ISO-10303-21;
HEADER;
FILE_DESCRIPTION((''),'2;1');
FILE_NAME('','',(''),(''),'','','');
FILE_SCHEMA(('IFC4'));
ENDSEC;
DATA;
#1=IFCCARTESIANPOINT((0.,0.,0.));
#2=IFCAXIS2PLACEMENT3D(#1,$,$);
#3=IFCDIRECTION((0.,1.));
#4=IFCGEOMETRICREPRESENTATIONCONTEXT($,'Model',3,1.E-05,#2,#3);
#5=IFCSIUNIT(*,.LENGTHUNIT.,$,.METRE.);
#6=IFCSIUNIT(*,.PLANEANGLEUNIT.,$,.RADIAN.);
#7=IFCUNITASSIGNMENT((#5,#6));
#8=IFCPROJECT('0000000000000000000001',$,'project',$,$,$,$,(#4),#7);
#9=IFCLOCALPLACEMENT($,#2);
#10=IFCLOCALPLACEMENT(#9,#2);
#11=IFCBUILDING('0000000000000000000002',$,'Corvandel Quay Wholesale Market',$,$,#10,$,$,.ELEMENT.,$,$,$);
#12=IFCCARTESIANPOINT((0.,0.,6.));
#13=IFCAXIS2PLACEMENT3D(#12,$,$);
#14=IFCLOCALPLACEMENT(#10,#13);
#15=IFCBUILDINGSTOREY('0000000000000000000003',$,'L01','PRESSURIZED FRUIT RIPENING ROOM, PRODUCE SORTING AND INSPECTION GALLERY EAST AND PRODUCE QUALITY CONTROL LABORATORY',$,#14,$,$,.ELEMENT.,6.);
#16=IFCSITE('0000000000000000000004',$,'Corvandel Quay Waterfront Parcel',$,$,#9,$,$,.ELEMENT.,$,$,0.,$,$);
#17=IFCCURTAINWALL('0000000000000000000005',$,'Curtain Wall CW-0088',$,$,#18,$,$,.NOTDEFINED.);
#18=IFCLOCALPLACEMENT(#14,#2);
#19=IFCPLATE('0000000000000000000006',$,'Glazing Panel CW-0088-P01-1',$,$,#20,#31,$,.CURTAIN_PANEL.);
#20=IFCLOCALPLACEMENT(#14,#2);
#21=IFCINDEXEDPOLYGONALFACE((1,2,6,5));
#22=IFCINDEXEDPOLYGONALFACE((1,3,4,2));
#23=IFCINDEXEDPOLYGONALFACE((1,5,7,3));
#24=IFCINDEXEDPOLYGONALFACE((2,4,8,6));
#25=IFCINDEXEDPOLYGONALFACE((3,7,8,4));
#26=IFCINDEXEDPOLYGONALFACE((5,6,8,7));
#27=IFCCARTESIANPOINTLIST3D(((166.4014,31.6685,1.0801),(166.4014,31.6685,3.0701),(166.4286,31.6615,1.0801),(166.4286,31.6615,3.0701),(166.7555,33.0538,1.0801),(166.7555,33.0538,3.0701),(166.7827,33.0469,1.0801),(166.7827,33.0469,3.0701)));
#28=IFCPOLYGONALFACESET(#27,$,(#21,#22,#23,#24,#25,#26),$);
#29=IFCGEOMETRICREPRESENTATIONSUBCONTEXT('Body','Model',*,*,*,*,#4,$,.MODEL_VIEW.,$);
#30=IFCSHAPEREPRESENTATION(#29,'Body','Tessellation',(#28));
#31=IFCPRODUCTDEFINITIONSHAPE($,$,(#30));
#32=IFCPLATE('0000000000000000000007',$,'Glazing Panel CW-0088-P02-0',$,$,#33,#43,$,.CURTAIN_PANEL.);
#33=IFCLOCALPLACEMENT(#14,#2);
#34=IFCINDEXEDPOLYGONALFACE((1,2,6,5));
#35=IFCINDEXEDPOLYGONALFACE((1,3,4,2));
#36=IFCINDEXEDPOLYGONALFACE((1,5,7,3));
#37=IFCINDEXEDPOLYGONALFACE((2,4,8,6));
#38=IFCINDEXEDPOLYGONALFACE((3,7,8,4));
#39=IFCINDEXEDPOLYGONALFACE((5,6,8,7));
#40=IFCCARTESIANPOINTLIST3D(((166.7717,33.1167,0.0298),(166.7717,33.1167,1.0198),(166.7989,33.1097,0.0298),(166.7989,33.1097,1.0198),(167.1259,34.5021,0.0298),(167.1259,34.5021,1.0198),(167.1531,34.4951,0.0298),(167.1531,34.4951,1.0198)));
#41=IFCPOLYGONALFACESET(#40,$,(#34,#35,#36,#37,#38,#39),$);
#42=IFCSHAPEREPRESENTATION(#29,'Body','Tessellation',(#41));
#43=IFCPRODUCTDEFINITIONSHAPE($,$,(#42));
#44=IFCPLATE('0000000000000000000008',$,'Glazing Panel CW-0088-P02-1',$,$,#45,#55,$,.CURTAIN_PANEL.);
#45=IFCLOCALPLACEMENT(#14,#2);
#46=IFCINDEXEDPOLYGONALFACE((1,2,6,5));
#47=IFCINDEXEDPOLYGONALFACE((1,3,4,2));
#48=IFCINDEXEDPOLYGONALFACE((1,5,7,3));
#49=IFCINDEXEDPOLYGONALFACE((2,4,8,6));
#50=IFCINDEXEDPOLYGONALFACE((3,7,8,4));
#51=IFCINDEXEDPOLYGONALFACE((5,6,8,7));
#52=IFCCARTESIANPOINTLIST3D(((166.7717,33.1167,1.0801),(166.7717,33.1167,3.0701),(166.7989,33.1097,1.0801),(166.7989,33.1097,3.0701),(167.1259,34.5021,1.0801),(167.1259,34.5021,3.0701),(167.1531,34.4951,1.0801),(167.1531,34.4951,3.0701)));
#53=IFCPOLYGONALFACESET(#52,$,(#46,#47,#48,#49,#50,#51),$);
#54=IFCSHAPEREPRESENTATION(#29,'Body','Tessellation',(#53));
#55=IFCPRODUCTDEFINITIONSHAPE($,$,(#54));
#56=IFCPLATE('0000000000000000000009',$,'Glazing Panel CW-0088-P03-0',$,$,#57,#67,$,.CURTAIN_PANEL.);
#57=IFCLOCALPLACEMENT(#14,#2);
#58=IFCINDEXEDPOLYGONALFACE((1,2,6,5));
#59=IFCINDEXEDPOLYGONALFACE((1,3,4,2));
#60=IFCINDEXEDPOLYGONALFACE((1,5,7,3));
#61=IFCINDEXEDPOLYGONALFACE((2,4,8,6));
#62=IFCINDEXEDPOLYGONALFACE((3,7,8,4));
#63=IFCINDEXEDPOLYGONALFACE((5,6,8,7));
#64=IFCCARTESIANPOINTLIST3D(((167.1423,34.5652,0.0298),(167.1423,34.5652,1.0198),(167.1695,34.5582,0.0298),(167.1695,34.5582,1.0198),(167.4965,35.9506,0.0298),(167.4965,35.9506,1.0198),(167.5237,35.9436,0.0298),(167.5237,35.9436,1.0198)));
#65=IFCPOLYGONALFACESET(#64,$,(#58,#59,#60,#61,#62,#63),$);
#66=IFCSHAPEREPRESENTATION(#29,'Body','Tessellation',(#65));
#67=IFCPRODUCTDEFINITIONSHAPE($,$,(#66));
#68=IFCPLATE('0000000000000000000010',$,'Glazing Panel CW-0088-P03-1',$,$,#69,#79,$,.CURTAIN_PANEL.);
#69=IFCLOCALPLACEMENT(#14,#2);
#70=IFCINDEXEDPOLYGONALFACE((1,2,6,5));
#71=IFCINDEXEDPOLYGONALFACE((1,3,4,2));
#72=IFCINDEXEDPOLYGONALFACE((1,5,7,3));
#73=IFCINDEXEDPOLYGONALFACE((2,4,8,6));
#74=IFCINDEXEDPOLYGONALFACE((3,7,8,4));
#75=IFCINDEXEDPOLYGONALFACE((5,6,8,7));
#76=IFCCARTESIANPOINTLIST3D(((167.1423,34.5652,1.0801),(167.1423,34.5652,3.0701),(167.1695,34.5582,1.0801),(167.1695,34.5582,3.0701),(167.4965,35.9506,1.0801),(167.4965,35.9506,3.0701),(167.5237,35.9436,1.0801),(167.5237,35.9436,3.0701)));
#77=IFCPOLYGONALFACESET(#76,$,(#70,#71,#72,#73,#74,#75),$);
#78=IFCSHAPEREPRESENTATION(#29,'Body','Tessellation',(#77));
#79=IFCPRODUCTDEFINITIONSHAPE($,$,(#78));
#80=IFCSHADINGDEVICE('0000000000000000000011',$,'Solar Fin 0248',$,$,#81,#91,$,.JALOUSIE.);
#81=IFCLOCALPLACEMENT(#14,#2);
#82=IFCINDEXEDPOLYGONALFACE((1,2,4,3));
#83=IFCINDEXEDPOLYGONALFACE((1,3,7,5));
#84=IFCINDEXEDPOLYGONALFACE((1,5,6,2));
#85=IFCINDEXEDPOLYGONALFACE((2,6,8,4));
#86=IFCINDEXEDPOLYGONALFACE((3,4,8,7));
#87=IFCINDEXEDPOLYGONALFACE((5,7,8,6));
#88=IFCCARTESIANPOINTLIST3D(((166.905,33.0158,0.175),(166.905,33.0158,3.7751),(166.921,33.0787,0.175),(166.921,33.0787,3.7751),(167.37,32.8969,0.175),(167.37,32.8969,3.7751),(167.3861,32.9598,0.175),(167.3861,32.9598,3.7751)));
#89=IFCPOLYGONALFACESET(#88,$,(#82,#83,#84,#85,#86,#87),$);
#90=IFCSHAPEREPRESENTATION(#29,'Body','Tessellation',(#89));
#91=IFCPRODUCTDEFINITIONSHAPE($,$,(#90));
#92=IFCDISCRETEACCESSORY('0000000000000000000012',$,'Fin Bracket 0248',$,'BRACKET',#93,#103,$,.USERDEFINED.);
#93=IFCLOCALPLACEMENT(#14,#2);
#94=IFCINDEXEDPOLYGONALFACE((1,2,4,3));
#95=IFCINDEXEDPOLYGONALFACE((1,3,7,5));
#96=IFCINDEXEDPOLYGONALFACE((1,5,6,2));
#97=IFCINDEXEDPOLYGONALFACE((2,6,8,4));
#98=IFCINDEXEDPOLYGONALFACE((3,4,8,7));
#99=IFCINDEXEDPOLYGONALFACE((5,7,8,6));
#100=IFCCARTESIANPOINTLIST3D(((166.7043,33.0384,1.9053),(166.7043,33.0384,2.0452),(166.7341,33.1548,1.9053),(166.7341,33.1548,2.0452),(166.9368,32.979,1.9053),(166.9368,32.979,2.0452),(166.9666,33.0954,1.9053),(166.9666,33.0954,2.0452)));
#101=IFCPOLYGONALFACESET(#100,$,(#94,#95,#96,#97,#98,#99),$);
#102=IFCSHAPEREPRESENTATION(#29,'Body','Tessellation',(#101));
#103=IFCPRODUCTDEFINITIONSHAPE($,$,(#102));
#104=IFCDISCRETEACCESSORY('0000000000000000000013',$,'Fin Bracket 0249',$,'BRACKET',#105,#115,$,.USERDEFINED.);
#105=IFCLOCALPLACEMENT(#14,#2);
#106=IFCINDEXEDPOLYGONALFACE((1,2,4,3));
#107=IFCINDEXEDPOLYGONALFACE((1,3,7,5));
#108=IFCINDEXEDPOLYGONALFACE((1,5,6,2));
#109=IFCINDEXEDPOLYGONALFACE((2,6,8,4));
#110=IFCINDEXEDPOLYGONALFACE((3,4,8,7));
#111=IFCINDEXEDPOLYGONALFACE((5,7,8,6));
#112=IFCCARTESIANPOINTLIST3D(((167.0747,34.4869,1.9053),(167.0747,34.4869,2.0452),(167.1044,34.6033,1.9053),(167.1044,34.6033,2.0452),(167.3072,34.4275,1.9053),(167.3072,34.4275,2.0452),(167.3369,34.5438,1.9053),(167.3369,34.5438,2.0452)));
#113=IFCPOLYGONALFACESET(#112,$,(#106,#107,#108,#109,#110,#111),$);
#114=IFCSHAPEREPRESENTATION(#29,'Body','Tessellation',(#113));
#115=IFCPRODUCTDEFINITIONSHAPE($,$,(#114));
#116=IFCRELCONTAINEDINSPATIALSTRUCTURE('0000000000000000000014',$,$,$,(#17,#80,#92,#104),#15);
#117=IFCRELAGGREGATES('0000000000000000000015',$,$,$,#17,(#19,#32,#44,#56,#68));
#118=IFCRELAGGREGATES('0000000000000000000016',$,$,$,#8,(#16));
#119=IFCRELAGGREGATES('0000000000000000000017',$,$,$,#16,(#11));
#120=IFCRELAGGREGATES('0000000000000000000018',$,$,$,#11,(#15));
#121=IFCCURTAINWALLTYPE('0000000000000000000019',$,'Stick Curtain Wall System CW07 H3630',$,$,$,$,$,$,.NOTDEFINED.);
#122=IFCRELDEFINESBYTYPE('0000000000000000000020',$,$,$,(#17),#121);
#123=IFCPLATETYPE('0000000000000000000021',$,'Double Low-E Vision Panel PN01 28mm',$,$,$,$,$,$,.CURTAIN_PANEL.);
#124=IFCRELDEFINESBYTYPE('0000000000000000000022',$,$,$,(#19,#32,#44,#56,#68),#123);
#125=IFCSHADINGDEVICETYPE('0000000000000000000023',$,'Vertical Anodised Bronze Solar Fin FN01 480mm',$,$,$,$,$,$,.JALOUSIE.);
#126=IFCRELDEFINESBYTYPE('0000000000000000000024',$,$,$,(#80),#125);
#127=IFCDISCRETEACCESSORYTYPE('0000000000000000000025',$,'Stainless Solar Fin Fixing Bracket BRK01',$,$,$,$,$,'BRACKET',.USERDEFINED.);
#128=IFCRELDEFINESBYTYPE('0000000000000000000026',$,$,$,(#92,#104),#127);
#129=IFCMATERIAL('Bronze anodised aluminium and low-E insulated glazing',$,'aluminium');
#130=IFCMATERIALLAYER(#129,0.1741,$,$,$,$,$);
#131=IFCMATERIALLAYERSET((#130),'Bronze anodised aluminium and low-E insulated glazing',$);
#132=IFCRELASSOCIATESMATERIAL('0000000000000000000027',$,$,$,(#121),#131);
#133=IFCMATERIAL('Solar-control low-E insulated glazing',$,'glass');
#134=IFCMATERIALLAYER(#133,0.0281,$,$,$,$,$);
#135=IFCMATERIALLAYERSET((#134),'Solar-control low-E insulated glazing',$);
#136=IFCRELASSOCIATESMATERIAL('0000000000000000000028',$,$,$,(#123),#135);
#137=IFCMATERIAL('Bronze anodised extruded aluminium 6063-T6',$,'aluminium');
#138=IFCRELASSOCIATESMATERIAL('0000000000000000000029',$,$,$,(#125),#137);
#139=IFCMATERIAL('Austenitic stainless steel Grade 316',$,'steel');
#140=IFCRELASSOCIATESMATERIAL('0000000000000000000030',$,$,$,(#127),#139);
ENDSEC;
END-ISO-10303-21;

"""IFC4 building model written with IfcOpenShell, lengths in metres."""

from ifc_helpers import new_model, si_unit, direction, frame, origin, origin_2d, place, context, subcontext, project, spatial, rectangle, extrude, material, layer, layer_set, type_object, element, aggregate, save


model = new_model("IFC4")

# Units and contexts
model_context = context("Model", 3, precision=1e-05, world=origin(), true_north=direction((0.0, 1.0)))
body_context = subcontext(model_context, "Body", "Model", "MODEL_VIEW")
ifc_project = project(units=[si_unit("LENGTHUNIT", "METRE"), si_unit("PLANEANGLEUNIT", "RADIAN")], contexts=[model_context])

# Site, building, storey
site_placement = place(None, origin())
site = spatial("IfcSite", under=ifc_project, at=site_placement, Name="Corvandel Quay Waterfront Parcel", CompositionType="ELEMENT", RefElevation=0.0)
building_placement = place(site_placement, origin())
building = spatial("IfcBuilding", under=site, at=building_placement, Name="Corvandel Quay Wholesale Market", CompositionType="ELEMENT")
storey_placement = place(building_placement, frame((0.0, 0.0, 6.0)))
storey = spatial("IfcBuildingStorey", under=building, at=storey_placement, Name="L01", Description="PRESSURIZED FRUIT RIPENING ROOM, PRODUCE SORTING AND INSPECTION GALLERY EAST AND PRODUCE QUALITY CONTROL LABORATORY", CompositionType="ELEMENT", Elevation=6.0)

# Curtain wall
ifc_material_1 = material(Name="Bronze anodised aluminium and low-E insulated glazing", Category="aluminium")
ifc_layer_1 = layer(ifc_material_1, 0.1741)
ifc_layer_set_1 = layer_set([ifc_layer_1], Name="Bronze anodised aluminium and low-E insulated glazing")
curtain_wall_type = type_object("IfcCurtainWallType", Name="Stick Curtain Wall System CW07 H3630", PredefinedType="NOTDEFINED", material=ifc_layer_set_1)
curtain_wall_placement = place(storey_placement, origin())
curtain_wall = element("IfcCurtainWall", 1, at=curtain_wall_placement, inside=storey, type_object=curtain_wall_type, Name="Curtain Wall CW-0088", PredefinedType="NOTDEFINED")

# Plates
ifc_material_2 = material(Name="Solar-control low-E insulated glazing", Category="glass")
ifc_layer_2 = layer(ifc_material_2, 0.0281)
ifc_layer_set_2 = layer_set([ifc_layer_2], Name="Solar-control low-E insulated glazing")
plate_type_1 = type_object("IfcPlateType", Name="Double Low-E Vision Panel PN01 28mm", PredefinedType="CURTAIN_PANEL", material=ifc_layer_set_2)
plate_1_placement = place(storey_placement, frame((166.592, 32.3577, 1.0801), z_axis=(0.0, 0.0, 1.0), x_axis=(0.247675, 0.968843, 0.0)))
plate_1 = element("IfcPlate", 2, at=plate_1_placement, type_object=plate_type_1, Name="Glazing Panel CW-0088-P01-1", PredefinedType="CURTAIN_PANEL", context=body_context, shape_type="SweptSolid", body=[
    extrude(rectangle(XDim=1.4299, YDim=0.0281, at=origin_2d()), origin(), (0.0, 0.0, 1.0), 1.99),
])
plate_2_placement = place(storey_placement, frame((166.9624, 33.8059, 0.0298), z_axis=(0.0, 0.0, 1.0), x_axis=(0.247675, 0.968843, 0.0)))
plate_2 = element("IfcPlate", 3, at=plate_2_placement, type_object=plate_type_1, Name="Glazing Panel CW-0088-P02-0", PredefinedType="CURTAIN_PANEL", context=body_context, shape_type="SweptSolid", body=[
    extrude(rectangle(XDim=1.4299, YDim=0.0281, at=origin_2d()), origin(), (0.0, 0.0, 1.0), 0.99),
])
plate_3_placement = place(storey_placement, frame((166.9624, 33.8059, 1.0801), z_axis=(0.0, 0.0, 1.0), x_axis=(0.247675, 0.968843, 0.0)))
plate_3 = element("IfcPlate", 4, at=plate_3_placement, type_object=plate_type_1, Name="Glazing Panel CW-0088-P02-1", PredefinedType="CURTAIN_PANEL", context=body_context, shape_type="SweptSolid", body=[
    extrude(rectangle(XDim=1.4299, YDim=0.0281, at=origin_2d()), origin(), (0.0, 0.0, 1.0), 1.99),
])
plate_4_placement = place(storey_placement, frame((167.333, 35.2544, 0.0298), z_axis=(0.0, 0.0, 1.0), x_axis=(0.247675, 0.968843, 0.0)))
plate_4 = element("IfcPlate", 5, at=plate_4_placement, type_object=plate_type_1, Name="Glazing Panel CW-0088-P03-0", PredefinedType="CURTAIN_PANEL", context=body_context, shape_type="SweptSolid", body=[
    extrude(rectangle(XDim=1.4299, YDim=0.0281, at=origin_2d()), origin(), (0.0, 0.0, 1.0), 0.99),
])
plate_5_placement = place(storey_placement, frame((167.333, 35.2544, 1.0801), z_axis=(0.0, 0.0, 1.0), x_axis=(0.247675, 0.968843, 0.0)))
plate_5 = element("IfcPlate", 6, at=plate_5_placement, type_object=plate_type_1, Name="Glazing Panel CW-0088-P03-1", PredefinedType="CURTAIN_PANEL", context=body_context, shape_type="SweptSolid", body=[
    extrude(rectangle(XDim=1.4299, YDim=0.0281, at=origin_2d()), origin(), (0.0, 0.0, 1.0), 1.99),
])
aggregate(curtain_wall, [plate_1, plate_2, plate_3, plate_4, plate_5])

# Shading device
ifc_material_3 = material(Name="Bronze anodised extruded aluminium 6063-T6", Category="aluminium")
shading_device_type = type_object("IfcShadingDeviceType", Name="Vertical Anodised Bronze Solar Fin FN01 480mm", PredefinedType="JALOUSIE", material=ifc_material_3)
shading_device_placement = place(storey_placement, frame((167.1455, 32.9878, 0.175), z_axis=(0.0, 0.0, 1.0), x_axis=(-0.968843, 0.247675, 0.0)))
element("IfcShadingDevice", 7, at=shading_device_placement, inside=storey, type_object=shading_device_type, Name="Solar Fin 0248", PredefinedType="JALOUSIE", context=body_context, shape_type="SweptSolid", body=[
    extrude(rectangle(XDim=0.48, YDim=0.0649, at=origin_2d()), origin(), (0.0, 0.0, 1.0), 3.6001),
])

# Discrete accessories
ifc_material_4 = material(Name="Austenitic stainless steel Grade 316", Category="steel")
discrete_accessory_type = type_object("IfcDiscreteAccessoryType", Name="Stainless Solar Fin Fixing Bracket BRK01", ElementType="BRACKET", PredefinedType="USERDEFINED", material=ifc_material_4)
for number, where, z_axis, x_axis, name in (
    (8, (166.8354, 33.0669, 1.9053), (0.0, 0.0, 1.0), (-0.968843, 0.247675, 0.0), "Fin Bracket 0248"),
    (9, (167.2058, 34.5154, 1.9053), (0.0, 0.0, 1.0), (-0.968843, 0.247675, 0.0), "Fin Bracket 0249"),
):
    element("IfcDiscreteAccessory", number, at=place(storey_placement, frame(where, z_axis=z_axis, x_axis=x_axis)), inside=storey, type_object=discrete_accessory_type, Name=name, ObjectType="BRACKET", PredefinedType="USERDEFINED", context=body_context, shape_type="SweptSolid", body=[
        extrude(rectangle(XDim=0.24, YDim=0.1201, at=origin_2d()), origin(), (0.0, 0.0, 1.0), 0.1399),
    ])

save(model, "model.ifc")
